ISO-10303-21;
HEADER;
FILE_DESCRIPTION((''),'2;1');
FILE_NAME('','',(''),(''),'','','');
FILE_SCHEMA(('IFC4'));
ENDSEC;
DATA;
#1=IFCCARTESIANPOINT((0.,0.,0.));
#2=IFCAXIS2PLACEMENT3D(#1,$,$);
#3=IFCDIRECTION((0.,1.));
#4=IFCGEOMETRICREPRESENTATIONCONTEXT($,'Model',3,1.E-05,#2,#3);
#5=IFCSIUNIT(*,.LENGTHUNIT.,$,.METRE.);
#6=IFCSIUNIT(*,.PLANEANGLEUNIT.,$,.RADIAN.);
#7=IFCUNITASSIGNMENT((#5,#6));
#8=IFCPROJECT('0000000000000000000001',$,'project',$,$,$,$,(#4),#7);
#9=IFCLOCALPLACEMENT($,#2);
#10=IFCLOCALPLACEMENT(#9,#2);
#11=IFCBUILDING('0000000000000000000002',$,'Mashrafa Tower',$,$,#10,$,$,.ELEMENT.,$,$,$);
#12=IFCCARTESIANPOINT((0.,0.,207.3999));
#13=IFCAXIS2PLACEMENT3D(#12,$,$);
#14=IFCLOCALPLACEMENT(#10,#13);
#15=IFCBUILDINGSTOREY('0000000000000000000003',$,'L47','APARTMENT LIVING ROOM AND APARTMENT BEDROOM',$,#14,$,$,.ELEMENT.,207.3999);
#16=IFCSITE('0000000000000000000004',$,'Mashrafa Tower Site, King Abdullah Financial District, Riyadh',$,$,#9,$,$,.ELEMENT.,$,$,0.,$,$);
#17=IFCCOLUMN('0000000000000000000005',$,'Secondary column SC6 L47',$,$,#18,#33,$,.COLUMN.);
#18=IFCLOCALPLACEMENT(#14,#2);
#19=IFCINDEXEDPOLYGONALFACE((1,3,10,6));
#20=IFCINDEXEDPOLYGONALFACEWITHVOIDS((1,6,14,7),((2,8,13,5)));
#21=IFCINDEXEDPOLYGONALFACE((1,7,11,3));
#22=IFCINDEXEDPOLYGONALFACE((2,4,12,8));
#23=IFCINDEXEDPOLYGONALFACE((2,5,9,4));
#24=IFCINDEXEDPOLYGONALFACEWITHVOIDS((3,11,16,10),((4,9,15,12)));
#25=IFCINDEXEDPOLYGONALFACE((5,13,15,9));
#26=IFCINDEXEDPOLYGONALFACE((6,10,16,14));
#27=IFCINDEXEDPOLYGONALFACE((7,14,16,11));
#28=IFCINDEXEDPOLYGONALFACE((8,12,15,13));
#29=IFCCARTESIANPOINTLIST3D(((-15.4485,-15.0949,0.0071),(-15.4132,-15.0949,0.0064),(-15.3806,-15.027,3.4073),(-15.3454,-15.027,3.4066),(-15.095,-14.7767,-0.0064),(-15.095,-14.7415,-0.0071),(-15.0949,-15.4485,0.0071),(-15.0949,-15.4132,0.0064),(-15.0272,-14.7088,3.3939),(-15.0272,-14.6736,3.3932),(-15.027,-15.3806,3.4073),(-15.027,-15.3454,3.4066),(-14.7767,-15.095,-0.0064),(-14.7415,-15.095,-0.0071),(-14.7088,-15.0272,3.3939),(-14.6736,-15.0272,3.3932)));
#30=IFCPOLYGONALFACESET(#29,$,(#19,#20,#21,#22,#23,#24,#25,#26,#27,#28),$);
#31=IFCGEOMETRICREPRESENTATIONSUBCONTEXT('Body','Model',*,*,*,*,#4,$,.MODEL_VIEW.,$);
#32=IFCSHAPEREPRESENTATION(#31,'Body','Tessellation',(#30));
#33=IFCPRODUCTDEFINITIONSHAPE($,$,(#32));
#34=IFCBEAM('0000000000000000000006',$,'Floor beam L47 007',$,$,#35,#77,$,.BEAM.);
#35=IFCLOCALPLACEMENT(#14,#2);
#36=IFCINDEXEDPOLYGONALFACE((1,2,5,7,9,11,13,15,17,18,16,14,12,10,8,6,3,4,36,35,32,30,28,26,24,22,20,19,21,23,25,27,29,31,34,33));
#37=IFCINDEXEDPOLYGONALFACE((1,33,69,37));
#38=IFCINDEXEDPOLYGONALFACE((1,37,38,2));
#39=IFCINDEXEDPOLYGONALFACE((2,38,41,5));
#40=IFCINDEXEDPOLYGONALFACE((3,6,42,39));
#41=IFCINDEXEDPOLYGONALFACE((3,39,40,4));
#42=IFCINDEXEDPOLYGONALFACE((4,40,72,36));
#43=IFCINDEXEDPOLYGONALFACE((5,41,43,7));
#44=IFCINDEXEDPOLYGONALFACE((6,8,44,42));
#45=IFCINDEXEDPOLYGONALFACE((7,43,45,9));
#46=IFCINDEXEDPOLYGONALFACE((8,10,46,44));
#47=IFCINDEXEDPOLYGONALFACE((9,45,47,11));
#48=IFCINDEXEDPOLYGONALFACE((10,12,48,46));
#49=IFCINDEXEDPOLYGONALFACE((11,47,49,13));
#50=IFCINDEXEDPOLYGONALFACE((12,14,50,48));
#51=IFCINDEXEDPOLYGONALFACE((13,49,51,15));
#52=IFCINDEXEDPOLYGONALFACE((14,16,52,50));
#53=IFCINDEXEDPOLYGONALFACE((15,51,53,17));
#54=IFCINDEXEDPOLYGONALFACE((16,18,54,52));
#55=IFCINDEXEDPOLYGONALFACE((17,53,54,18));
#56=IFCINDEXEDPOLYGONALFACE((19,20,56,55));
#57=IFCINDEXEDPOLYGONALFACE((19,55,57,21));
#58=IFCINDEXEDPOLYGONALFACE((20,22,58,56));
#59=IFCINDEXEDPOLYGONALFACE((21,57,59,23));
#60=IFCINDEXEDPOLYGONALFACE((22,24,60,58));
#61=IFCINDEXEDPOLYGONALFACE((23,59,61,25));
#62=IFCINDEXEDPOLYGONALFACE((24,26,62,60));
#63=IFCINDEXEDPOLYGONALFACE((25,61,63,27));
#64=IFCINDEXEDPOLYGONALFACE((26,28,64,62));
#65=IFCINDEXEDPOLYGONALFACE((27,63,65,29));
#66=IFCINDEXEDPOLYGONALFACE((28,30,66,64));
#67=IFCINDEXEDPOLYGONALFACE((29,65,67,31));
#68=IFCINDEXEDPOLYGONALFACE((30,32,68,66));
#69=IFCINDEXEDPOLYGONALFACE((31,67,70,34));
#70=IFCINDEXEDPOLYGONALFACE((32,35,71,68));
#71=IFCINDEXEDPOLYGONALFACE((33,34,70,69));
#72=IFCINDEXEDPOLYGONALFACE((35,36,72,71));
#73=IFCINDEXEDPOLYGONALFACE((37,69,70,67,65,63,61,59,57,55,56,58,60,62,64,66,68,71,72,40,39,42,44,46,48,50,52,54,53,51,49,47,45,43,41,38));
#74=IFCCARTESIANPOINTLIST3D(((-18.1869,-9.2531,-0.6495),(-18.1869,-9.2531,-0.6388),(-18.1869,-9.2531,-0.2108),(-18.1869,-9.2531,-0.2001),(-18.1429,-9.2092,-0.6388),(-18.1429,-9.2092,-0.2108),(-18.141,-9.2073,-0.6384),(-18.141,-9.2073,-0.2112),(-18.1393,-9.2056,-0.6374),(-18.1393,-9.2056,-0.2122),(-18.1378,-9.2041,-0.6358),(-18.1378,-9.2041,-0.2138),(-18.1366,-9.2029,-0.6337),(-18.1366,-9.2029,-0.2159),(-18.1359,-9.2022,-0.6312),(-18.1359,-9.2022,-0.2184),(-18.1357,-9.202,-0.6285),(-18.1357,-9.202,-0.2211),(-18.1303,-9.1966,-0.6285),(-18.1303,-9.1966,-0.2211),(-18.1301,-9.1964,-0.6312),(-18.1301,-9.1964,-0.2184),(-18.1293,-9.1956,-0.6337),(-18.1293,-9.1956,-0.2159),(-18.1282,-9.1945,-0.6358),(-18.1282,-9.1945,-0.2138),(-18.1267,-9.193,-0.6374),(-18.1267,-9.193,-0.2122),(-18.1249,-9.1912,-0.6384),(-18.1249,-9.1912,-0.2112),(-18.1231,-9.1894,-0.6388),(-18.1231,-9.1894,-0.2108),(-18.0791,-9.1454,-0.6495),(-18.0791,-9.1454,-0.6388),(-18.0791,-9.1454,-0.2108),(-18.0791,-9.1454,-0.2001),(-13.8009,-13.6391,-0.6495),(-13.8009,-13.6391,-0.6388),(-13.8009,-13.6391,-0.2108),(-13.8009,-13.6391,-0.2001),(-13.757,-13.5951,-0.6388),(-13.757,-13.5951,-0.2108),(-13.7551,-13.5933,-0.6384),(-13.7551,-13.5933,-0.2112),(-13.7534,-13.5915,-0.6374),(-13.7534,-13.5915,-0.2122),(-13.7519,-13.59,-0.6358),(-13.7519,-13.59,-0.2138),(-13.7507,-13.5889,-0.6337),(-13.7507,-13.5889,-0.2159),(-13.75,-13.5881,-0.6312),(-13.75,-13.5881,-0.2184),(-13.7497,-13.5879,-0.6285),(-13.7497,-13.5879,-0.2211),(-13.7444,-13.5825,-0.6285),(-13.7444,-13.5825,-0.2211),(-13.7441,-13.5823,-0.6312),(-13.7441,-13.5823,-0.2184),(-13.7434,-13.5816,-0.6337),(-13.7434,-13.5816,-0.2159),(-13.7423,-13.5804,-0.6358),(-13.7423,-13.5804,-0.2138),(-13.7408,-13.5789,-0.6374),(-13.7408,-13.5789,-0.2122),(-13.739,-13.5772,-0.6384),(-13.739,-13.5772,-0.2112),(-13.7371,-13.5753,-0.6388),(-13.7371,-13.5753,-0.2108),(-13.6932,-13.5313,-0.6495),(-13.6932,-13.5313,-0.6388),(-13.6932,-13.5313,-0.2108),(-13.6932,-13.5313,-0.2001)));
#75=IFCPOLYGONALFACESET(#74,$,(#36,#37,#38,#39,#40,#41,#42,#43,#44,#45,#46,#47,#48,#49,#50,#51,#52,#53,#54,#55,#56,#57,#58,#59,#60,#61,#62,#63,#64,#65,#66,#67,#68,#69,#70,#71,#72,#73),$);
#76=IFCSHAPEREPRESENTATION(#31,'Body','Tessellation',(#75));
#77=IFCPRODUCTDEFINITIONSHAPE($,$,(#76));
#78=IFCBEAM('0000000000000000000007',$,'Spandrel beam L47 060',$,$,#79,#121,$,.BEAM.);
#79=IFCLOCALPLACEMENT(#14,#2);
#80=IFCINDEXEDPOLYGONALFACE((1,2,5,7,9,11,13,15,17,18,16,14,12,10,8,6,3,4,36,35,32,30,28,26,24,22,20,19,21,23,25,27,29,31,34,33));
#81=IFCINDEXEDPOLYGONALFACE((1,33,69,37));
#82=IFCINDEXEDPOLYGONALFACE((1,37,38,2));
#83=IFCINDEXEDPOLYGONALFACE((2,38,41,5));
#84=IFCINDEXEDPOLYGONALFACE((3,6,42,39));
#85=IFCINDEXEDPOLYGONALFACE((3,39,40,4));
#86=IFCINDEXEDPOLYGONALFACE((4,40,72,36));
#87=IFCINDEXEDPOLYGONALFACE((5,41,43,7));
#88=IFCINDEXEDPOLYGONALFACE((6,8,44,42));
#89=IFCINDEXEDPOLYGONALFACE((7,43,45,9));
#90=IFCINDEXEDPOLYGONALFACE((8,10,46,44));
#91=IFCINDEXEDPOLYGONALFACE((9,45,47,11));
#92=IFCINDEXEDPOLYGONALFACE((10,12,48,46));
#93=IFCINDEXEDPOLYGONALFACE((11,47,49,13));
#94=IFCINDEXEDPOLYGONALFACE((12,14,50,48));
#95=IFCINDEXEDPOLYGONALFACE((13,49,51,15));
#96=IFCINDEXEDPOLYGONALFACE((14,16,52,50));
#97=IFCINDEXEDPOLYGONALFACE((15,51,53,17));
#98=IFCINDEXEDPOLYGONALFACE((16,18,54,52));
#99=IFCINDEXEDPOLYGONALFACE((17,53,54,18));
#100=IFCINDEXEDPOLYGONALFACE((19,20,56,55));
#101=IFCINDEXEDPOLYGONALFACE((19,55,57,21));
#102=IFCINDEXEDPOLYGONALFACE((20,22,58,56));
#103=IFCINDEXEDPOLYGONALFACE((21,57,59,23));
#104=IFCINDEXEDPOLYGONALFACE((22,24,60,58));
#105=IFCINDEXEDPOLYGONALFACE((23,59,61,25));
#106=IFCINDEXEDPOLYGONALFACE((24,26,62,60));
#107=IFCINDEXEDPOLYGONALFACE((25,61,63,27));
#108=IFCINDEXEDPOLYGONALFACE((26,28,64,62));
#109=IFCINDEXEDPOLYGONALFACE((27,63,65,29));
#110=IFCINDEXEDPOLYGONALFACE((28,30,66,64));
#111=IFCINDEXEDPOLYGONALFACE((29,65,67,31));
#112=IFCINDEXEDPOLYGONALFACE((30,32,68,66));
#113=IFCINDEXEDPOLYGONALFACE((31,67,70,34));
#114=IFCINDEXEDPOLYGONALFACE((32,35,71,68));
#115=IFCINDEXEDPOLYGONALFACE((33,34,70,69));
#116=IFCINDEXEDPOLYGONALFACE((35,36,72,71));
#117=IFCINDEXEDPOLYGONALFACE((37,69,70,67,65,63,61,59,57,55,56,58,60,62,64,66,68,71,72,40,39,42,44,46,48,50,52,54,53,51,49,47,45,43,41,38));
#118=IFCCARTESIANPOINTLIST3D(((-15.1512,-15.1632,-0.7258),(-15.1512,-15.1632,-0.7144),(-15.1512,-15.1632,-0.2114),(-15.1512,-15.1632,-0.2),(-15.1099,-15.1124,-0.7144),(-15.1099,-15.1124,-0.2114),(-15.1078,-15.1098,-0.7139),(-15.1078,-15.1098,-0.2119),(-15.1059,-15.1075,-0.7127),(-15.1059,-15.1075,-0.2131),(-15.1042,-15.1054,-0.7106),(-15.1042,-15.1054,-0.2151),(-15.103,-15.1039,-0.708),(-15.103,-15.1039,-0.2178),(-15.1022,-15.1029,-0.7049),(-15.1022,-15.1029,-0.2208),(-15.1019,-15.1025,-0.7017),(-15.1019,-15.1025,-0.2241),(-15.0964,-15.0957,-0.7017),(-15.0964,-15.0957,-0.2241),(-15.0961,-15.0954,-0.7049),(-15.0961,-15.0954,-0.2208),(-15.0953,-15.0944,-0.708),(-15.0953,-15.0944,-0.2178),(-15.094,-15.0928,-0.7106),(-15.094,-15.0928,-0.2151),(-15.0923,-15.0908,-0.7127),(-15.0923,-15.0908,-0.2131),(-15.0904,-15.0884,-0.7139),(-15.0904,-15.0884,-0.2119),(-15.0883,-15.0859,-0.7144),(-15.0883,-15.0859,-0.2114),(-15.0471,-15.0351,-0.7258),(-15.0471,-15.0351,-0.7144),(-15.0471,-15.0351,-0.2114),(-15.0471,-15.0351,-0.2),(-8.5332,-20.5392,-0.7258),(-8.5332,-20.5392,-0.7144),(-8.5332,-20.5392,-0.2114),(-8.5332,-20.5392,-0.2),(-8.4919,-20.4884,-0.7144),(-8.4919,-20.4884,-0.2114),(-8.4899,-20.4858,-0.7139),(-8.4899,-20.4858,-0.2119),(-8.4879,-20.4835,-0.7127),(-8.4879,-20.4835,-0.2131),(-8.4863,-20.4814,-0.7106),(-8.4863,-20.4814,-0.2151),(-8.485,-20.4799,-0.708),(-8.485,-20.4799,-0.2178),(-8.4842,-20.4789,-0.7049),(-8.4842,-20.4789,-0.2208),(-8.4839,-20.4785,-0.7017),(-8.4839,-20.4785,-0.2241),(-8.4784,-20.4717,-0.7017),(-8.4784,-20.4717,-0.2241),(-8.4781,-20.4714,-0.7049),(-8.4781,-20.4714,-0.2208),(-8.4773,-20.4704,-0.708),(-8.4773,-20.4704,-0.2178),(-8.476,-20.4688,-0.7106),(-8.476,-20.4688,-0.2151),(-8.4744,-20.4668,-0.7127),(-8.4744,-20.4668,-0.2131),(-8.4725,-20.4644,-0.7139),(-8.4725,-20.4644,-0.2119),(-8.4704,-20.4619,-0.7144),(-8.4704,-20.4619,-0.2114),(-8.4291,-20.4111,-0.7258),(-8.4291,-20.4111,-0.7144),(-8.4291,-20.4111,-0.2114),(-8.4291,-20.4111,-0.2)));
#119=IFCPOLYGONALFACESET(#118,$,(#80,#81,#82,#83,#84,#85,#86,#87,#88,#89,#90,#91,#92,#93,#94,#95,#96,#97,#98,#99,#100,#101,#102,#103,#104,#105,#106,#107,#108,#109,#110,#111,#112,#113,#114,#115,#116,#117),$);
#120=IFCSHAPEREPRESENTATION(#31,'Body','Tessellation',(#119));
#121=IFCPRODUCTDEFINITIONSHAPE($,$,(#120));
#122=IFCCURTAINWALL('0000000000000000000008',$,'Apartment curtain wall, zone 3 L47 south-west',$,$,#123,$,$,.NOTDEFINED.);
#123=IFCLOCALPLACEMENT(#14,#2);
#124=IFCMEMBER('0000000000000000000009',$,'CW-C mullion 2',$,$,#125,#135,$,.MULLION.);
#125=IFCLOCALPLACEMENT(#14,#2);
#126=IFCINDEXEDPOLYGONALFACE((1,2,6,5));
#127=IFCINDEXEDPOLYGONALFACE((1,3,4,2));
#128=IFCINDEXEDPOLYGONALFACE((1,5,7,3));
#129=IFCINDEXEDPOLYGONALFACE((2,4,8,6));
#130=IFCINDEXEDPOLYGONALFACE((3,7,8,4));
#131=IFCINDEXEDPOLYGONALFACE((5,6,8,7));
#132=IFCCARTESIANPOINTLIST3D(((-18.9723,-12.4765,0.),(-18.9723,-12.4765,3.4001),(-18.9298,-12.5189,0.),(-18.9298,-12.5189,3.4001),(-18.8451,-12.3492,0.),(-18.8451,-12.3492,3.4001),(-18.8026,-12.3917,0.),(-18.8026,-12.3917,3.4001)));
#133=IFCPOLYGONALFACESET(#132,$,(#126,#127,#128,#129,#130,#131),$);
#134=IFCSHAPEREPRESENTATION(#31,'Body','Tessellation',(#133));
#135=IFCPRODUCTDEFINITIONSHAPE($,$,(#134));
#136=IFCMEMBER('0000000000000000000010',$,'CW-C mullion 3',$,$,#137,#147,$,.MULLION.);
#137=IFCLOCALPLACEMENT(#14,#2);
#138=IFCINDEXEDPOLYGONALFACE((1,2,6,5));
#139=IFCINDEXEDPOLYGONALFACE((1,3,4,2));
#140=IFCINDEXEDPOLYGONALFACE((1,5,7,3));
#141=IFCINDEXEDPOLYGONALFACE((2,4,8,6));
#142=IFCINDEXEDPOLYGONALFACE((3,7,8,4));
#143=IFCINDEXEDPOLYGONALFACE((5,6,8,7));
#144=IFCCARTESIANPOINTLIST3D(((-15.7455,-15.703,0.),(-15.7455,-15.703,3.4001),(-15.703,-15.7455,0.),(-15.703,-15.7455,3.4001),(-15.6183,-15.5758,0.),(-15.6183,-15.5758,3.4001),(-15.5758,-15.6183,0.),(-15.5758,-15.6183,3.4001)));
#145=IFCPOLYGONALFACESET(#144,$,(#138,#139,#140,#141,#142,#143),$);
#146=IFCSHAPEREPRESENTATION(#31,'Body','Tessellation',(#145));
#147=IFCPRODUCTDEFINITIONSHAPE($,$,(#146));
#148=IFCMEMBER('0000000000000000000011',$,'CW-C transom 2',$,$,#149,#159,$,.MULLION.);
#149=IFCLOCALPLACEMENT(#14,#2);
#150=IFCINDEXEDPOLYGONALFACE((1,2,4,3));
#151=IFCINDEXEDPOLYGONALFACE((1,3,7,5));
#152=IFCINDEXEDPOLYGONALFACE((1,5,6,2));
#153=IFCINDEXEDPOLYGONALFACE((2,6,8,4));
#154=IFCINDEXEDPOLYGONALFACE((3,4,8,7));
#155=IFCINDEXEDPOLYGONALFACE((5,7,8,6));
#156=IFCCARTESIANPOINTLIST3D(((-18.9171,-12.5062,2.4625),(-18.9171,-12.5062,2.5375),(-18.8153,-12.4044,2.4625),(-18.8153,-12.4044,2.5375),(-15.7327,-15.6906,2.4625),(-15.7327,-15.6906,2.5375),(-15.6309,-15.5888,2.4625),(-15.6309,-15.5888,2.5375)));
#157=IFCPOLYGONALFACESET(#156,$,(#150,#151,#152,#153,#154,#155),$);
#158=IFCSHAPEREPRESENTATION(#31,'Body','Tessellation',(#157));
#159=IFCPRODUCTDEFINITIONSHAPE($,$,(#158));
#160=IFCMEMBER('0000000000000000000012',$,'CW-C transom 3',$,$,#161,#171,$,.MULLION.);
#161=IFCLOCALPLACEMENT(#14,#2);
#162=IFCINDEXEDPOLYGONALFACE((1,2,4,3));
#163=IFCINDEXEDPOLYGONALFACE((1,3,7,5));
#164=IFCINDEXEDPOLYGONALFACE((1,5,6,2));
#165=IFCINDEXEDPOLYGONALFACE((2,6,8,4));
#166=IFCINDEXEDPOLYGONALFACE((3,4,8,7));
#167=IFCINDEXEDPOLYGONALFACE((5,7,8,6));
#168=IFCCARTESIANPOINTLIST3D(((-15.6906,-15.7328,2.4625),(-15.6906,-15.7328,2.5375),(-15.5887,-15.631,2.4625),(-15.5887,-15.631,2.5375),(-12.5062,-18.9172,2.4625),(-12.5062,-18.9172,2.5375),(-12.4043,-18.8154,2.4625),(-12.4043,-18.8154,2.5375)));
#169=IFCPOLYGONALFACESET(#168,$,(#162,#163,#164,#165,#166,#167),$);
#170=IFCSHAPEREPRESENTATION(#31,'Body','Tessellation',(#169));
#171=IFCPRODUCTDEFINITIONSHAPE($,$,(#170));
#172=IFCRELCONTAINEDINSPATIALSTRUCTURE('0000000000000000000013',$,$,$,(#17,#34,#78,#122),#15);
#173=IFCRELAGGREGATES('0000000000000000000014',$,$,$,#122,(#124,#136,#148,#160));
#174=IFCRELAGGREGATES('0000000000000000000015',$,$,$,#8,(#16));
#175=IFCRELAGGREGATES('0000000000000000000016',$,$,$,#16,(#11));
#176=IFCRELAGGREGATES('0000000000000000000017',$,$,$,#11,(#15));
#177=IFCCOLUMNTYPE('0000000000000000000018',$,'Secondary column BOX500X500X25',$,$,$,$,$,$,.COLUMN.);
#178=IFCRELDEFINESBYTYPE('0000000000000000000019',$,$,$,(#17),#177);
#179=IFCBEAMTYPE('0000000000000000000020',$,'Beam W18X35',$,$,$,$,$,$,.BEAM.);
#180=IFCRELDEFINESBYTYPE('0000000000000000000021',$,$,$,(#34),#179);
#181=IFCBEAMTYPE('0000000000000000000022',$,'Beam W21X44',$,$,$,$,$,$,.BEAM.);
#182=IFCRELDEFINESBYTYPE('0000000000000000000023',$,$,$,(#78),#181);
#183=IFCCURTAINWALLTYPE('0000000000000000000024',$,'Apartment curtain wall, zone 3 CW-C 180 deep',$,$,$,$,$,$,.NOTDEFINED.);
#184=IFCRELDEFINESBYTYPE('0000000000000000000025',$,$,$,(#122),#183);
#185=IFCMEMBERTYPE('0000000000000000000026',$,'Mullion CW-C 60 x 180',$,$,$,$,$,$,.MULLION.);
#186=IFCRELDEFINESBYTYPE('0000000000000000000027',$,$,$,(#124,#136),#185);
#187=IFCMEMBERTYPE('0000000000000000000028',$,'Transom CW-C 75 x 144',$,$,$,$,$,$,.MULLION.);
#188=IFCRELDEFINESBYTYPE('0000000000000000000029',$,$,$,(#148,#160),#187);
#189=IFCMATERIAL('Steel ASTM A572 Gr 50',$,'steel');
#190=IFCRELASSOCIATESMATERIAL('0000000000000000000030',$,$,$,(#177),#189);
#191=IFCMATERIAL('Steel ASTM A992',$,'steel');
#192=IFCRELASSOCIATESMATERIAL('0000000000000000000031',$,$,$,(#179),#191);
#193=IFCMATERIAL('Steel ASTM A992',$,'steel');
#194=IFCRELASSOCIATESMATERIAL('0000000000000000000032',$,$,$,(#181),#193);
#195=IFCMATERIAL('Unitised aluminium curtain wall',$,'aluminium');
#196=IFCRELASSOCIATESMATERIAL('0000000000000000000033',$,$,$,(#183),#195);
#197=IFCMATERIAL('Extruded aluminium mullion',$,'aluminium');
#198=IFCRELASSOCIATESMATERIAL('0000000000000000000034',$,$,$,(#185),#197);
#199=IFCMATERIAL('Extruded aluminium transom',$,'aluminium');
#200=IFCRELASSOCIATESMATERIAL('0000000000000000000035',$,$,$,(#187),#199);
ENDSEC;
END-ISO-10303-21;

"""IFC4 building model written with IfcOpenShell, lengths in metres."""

from ifc_helpers import new_model, si_unit, direction, frame, origin, origin_2d, place, context, subcontext, project, spatial, rectangle, hollow_rectangle, i_section, extrude, source, transform, mapped, material, material_profile, profile_set, type_object, type_shapes, element, aggregate, save


model = new_model("IFC4")

# Units and contexts
model_context = context("Model", 3, precision=1e-05, world=origin(), true_north=direction((0.0, 1.0)))
body_context = subcontext(model_context, "Body", "Model", "MODEL_VIEW")
ifc_project = project(units=[si_unit("LENGTHUNIT", "METRE"), si_unit("PLANEANGLEUNIT", "RADIAN")], contexts=[model_context])

# Site, building, storey
site_placement = place(None, origin())
site = spatial("IfcSite", under=ifc_project, at=site_placement, Name="Mashrafa Tower Site, King Abdullah Financial District, Riyadh", CompositionType="ELEMENT", RefElevation=0.0)
building_placement = place(site_placement, origin())
building = spatial("IfcBuilding", under=site, at=building_placement, Name="Mashrafa Tower", CompositionType="ELEMENT")
storey_placement = place(building_placement, frame((0.0, 0.0, 207.3999)))
storey = spatial("IfcBuildingStorey", under=building, at=storey_placement, Name="L47", Description="APARTMENT LIVING ROOM AND APARTMENT BEDROOM", CompositionType="ELEMENT", Elevation=207.3999)

# Column
ifc_material_1 = material(Name="Steel ASTM A572 Gr 50", Category="steel")
ifc_material_profile_1 = material_profile(ifc_material_1, hollow_rectangle(XDim=0.5, YDim=0.5, WallThickness=0.0249, at=origin_2d()), Name="BOX500X500X25")
ifc_profile_set_1 = profile_set([ifc_material_profile_1], Name="Steel ASTM A572 Gr 50")
column_type = type_object("IfcColumnType", Name="Secondary column BOX500X500X25", PredefinedType="COLUMN", material=ifc_profile_set_1)
column_placement = place(storey_placement, frame((-15.095, -15.095, 0.0), z_axis=(0.019953, 0.019953, 0.999602), x_axis=(-0.707107, 0.707107, 0.0)))
element("IfcColumn", 1, at=column_placement, inside=storey, type_object=column_type, Name="Secondary column SC6 L47", PredefinedType="COLUMN", context=body_context, shape_type="SweptSolid", body=[
    extrude(hollow_rectangle(XDim=0.5, YDim=0.5, WallThickness=0.0249, at=origin_2d()), origin(), (0.0, 0.0, 1.0), 3.4016),
])

# Beams
ifc_material_2 = material(Name="Steel ASTM A992", Category="steel")
ifc_material_profile_2 = material_profile(ifc_material_2, i_section(OverallWidth=0.1523, OverallDepth=0.4495, WebThickness=0.0076, FlangeThickness=0.0107, FilletRadius=0.0103, at=origin_2d()), Name="W18X35")
ifc_profile_set_2 = profile_set([ifc_material_profile_2], Name="Steel ASTM A992")
beam_type_1 = type_object("IfcBeamType", Name="Beam W18X35", PredefinedType="BEAM", material=ifc_profile_set_2)
beam_1_placement = place(storey_placement, frame((-13.7471, -13.5852, -0.4248), z_axis=(-0.707107, 0.707107, 0.0), x_axis=(-0.707107, -0.707107, 0.0)))
element("IfcBeam", 2, at=beam_1_placement, inside=storey, type_object=beam_type_1, Name="Floor beam L47 007", PredefinedType="BEAM", context=body_context, shape_type="SweptSolid", body=[
    extrude(i_section(OverallWidth=0.1523, OverallDepth=0.4495, WebThickness=0.0076, FlangeThickness=0.0107, FilletRadius=0.0103, at=origin_2d()), origin(), (0.0, 0.0, 1.0), 6.2026),
])
ifc_material_3 = material(Name="Steel ASTM A992", Category="steel")
ifc_material_profile_3 = material_profile(ifc_material_3, i_section(OverallWidth=0.165, OverallDepth=0.5259, WebThickness=0.0088, FlangeThickness=0.0115, FilletRadius=0.0127, at=origin_2d()), Name="W21X44")
ifc_profile_set_3 = profile_set([ifc_material_profile_3], Name="Steel ASTM A992")
beam_type_2 = type_object("IfcBeamType", Name="Beam W21X44", PredefinedType="BEAM", material=ifc_profile_set_3)
beam_2_placement = place(storey_placement, frame((-15.0991, -15.0991, -0.4629), z_axis=(0.776176, -0.630516, 0.0), x_axis=(0.630516, 0.776176, 0.0)))
element("IfcBeam", 3, at=beam_2_placement, inside=storey, type_object=beam_type_2, Name="Spandrel beam L47 060", PredefinedType="BEAM", context=body_context, shape_type="SweptSolid", body=[
    extrude(i_section(OverallWidth=0.165, OverallDepth=0.5259, WebThickness=0.0088, FlangeThickness=0.0115, FilletRadius=0.0127, at=origin_2d()), origin(), (0.0, 0.0, 1.0), 8.5264),
])

# Curtain wall, members
ifc_material_4 = material(Name="Unitised aluminium curtain wall", Category="aluminium")
curtain_wall_type = type_object("IfcCurtainWallType", Name="Apartment curtain wall, zone 3 CW-C 180 deep", PredefinedType="NOTDEFINED", material=ifc_material_4)
curtain_wall_placement = place(storey_placement, origin())
curtain_wall = element("IfcCurtainWall", 4, at=curtain_wall_placement, inside=storey, type_object=curtain_wall_type, Name="Apartment curtain wall, zone 3 L47 south-west", PredefinedType="NOTDEFINED")
ifc_material_5 = material(Name="Extruded aluminium mullion", Category="aluminium")
ifc_material_profile_4 = material_profile(ifc_material_5, rectangle(XDim=0.1799, YDim=0.0601, at=origin_2d()), Name="Mullion 60x180")
ifc_profile_set_4 = profile_set([ifc_material_profile_4], Name="Extruded aluminium mullion")
member_type_1 = type_object("IfcMemberType", Name="Mullion CW-C 60 x 180", PredefinedType="MULLION", material=ifc_profile_set_4)
shared_shape_1 = source(origin(), body_context, "Body", "SweptSolid", [
    extrude(rectangle(XDim=0.1799, YDim=0.0601, at=origin_2d()), origin(), (0.0, 0.0, 1.0), 3.4001),
])
type_shapes(member_type_1, [shared_shape_1])
member_1_placement = place(storey_placement, frame((-18.8875, -12.4341, 0.0), z_axis=(0.0, 0.0, 1.0), x_axis=(0.707107, 0.707107, 0.0)))
member_1 = element("IfcMember", 5, at=member_1_placement, type_object=member_type_1, Name="CW-C mullion 2", PredefinedType="MULLION", context=body_context, shape_type="MappedRepresentation", body=[
    mapped(shared_shape_1, transform((0.0, 0.0, 0.0))),
])
member_2_placement = place(storey_placement, frame((-15.6606, -15.6606, 0.0), z_axis=(0.0, 0.0, 1.0), x_axis=(0.707107, 0.707107, 0.0)))
member_2 = element("IfcMember", 6, at=member_2_placement, type_object=member_type_1, Name="CW-C mullion 3", PredefinedType="MULLION", context=body_context, shape_type="MappedRepresentation", body=[
    mapped(shared_shape_1, transform((0.0, 0.0, 0.0))),
])
ifc_material_6 = material(Name="Extruded aluminium transom", Category="aluminium")
ifc_material_profile_5 = material_profile(ifc_material_6, rectangle(XDim=0.144, YDim=0.075, at=origin_2d()), Name="Transom 75x144")
ifc_profile_set_5 = profile_set([ifc_material_profile_5], Name="Extruded aluminium transom")
member_type_2 = type_object("IfcMemberType", Name="Transom CW-C 75 x 144", PredefinedType="MULLION", material=ifc_profile_set_5)
shared_shape_2 = source(origin(), body_context, "Body", "SweptSolid", [
    extrude(rectangle(XDim=0.144, YDim=0.075, at=origin_2d()), origin(), (0.0, 0.0, 1.0), 4.5034),
])
type_shapes(member_type_2, [shared_shape_2])
member_3_placement = place(storey_placement, frame((-18.8662, -12.4553, 2.5), z_axis=(0.707107, -0.707107, 0.0), x_axis=(0.707107, 0.707107, 0.0)))
member_3 = element("IfcMember", 7, at=member_3_placement, type_object=member_type_2, Name="CW-C transom 2", PredefinedType="MULLION", context=body_context, shape_type="MappedRepresentation", body=[
    mapped(shared_shape_2, transform((0.0, 0.0, 0.0))),
])
member_4_placement = place(storey_placement, frame((-15.6396, -15.6819, 2.5), z_axis=(0.707107, -0.707107, 0.0), x_axis=(0.707107, 0.707107, 0.0)))
member_4 = element("IfcMember", 8, at=member_4_placement, type_object=member_type_2, Name="CW-C transom 3", PredefinedType="MULLION", context=body_context, shape_type="MappedRepresentation", body=[
    mapped(shared_shape_2, transform((0.0, 0.0, 0.0))),
])
aggregate(curtain_wall, [member_1, member_2, member_3, member_4])

save(model, "model.ifc")
